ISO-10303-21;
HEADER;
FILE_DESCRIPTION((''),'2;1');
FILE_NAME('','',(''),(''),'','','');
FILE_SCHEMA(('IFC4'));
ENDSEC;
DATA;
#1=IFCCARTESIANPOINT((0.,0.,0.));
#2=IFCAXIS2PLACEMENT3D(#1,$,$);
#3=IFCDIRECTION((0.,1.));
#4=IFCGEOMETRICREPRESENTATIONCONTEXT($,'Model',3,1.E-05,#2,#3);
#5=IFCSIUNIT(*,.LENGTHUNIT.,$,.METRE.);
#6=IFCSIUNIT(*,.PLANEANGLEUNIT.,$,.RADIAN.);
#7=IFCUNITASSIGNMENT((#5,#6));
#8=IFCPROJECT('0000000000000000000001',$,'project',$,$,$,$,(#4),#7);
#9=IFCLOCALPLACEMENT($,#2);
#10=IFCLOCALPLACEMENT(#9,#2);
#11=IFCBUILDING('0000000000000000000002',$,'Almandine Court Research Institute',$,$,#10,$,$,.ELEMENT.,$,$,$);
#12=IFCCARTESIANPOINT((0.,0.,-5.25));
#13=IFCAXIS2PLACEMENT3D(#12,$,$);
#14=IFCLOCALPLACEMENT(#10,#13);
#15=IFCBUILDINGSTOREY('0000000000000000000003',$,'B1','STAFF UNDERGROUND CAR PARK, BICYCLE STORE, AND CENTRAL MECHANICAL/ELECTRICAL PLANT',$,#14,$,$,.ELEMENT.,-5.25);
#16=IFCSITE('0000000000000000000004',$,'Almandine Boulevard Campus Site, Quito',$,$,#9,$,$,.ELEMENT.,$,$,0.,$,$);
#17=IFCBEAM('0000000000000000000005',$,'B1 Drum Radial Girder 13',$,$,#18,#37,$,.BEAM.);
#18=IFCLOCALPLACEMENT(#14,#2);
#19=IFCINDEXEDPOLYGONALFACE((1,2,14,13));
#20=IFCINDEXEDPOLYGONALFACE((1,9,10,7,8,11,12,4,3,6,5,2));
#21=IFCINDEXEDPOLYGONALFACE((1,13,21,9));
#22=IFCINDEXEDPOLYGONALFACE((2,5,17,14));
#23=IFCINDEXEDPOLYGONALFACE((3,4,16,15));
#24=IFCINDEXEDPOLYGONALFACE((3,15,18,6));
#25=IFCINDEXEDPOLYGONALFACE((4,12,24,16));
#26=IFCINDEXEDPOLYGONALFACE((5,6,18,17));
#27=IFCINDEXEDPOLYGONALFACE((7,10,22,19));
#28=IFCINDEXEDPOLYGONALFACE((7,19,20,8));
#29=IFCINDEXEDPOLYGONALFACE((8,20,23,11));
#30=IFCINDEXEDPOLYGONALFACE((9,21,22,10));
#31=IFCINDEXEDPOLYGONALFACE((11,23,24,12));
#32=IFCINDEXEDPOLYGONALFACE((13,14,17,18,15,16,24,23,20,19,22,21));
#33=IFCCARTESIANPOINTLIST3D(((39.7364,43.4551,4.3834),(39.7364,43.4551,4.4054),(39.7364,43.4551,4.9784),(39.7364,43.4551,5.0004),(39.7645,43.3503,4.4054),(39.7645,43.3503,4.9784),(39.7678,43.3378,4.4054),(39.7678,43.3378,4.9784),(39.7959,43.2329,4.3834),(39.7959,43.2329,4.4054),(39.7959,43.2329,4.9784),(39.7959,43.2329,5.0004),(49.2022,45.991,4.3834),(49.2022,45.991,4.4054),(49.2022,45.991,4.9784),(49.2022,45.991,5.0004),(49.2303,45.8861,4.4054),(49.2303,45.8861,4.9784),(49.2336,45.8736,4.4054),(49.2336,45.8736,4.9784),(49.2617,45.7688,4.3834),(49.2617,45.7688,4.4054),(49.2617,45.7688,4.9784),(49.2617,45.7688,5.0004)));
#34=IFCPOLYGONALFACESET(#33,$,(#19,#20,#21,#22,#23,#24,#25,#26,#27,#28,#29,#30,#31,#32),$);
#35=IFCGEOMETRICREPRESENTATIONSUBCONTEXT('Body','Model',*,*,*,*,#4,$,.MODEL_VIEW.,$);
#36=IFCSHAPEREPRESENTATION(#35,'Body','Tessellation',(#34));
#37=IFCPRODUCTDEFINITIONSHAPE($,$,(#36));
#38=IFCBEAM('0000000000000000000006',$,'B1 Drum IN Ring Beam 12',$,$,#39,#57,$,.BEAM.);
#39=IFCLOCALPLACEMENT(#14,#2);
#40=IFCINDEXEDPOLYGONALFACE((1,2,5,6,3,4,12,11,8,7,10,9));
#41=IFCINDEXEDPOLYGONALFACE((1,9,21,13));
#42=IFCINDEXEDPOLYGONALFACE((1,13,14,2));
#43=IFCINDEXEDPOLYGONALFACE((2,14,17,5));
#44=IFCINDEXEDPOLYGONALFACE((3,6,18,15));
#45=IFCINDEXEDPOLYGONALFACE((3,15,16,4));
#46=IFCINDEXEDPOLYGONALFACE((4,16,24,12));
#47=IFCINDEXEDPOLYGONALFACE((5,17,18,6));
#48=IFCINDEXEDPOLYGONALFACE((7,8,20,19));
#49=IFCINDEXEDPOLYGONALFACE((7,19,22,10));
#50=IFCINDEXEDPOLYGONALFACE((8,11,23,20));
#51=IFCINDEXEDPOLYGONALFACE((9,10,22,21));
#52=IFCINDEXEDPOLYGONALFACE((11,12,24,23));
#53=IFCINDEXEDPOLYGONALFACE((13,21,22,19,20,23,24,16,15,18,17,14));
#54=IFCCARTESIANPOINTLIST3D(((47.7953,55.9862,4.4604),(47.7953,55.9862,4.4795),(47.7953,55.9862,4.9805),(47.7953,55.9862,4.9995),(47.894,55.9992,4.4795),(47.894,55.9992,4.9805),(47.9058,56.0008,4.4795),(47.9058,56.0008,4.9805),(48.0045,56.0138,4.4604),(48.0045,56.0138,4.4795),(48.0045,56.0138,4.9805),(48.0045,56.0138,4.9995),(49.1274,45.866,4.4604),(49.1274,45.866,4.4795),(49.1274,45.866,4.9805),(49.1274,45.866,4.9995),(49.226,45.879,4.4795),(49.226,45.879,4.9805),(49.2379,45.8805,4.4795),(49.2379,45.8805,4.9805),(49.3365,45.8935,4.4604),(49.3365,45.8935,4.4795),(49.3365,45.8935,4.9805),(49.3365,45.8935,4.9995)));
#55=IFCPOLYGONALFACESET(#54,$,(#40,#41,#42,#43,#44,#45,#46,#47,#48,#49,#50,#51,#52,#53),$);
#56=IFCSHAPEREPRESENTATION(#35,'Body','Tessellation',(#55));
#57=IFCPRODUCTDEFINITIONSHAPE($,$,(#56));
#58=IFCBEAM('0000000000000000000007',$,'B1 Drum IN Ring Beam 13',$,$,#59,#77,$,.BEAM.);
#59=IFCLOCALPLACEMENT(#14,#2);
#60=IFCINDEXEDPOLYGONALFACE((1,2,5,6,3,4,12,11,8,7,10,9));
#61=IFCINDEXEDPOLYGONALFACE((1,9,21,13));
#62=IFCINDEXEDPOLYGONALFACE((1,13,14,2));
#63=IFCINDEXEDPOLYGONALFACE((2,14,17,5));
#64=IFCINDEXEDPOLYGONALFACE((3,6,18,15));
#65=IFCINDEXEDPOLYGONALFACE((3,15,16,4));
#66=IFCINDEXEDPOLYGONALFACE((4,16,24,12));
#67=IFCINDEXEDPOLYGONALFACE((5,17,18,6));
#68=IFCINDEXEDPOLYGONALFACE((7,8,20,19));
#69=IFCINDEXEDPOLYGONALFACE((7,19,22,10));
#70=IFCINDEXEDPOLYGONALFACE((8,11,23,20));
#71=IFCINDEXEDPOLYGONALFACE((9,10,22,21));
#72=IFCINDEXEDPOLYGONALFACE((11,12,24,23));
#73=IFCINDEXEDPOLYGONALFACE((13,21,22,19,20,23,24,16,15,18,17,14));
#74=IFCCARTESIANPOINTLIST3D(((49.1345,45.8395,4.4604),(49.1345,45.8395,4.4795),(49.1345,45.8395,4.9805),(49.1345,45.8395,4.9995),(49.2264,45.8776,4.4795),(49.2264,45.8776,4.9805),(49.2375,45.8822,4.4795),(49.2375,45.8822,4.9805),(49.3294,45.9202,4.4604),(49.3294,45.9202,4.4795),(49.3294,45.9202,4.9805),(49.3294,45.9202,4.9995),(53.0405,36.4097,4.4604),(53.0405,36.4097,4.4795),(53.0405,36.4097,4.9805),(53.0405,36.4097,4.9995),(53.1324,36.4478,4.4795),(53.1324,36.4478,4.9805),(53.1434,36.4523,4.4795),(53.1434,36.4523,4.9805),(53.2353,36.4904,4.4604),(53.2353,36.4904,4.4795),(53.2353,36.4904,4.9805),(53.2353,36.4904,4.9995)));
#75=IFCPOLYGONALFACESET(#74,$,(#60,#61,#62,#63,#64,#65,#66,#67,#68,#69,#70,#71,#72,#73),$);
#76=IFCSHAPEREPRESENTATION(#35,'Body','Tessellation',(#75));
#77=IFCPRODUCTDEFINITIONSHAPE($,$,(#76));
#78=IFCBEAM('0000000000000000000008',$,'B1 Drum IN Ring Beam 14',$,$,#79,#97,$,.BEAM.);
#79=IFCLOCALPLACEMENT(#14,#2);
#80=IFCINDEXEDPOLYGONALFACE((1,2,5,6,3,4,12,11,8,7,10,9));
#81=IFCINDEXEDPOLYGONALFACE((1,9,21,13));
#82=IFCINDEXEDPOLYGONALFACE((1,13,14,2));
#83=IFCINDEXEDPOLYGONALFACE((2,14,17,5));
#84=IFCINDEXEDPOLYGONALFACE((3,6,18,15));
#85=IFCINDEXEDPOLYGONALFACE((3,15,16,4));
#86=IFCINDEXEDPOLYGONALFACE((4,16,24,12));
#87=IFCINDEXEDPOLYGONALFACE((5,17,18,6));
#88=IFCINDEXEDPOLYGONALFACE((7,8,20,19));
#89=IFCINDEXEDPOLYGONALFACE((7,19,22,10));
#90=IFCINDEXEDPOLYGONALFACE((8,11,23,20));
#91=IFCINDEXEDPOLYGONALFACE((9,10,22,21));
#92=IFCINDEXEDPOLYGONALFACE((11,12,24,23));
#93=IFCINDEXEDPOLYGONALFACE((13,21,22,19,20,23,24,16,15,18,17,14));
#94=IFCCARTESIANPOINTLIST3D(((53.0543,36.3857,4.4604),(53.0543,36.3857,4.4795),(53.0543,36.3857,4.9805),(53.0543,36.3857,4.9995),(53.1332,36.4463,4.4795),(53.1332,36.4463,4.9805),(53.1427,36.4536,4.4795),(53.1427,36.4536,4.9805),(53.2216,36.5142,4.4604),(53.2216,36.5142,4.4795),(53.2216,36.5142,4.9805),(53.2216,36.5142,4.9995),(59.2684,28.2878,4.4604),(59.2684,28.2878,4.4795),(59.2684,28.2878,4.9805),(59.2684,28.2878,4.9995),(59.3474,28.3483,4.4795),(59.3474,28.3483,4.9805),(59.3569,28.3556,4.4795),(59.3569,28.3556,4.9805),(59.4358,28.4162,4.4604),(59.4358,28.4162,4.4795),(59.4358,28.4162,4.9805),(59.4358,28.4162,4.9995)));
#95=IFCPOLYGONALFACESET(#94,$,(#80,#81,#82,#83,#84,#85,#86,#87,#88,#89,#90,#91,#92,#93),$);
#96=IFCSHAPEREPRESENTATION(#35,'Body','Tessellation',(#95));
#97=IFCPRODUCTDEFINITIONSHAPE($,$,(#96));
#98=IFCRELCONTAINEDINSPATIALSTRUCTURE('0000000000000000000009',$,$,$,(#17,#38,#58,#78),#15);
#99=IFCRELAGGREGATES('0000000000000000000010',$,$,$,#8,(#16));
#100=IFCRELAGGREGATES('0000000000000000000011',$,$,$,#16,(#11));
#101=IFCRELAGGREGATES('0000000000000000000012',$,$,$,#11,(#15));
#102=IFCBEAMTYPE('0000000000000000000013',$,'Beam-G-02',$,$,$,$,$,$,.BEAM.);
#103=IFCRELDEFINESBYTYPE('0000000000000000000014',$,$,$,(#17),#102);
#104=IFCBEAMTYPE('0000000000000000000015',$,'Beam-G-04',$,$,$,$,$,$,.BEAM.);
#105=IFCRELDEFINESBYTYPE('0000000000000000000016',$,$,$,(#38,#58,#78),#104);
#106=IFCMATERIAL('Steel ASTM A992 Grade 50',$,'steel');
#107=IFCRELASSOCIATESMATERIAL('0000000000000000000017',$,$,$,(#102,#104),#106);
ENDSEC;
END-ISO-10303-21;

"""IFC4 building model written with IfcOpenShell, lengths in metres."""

from ifc_helpers import new_model, si_unit, direction, frame, origin, origin_2d, place, context, subcontext, project, spatial, i_section, extrude, material, material_profile, profile_set, type_object, element, save


model = new_model("IFC4")

# Units and contexts
model_context = context("Model", 3, precision=1e-05, world=origin(), true_north=direction((0.0, 1.0)))
body_context = subcontext(model_context, "Body", "Model", "MODEL_VIEW")
ifc_project = project(units=[si_unit("LENGTHUNIT", "METRE"), si_unit("PLANEANGLEUNIT", "RADIAN")], contexts=[model_context])

# Site, building, storey
site_placement = place(None, origin())
site = spatial("IfcSite", under=ifc_project, at=site_placement, Name="Almandine Boulevard Campus Site, Quito", CompositionType="ELEMENT", RefElevation=0.0)
building_placement = place(site_placement, origin())
building = spatial("IfcBuilding", under=site, at=building_placement, Name="Almandine Court Research Institute", CompositionType="ELEMENT")
storey_placement = place(building_placement, frame((0.0, 0.0, -5.25)))
storey = spatial("IfcBuildingStorey", under=building, at=storey_placement, Name="B1", Description="STAFF UNDERGROUND CAR PARK, BICYCLE STORE, AND CENTRAL MECHANICAL/ELECTRICAL PLANT", CompositionType="ELEMENT", Elevation=-5.25)

# Beams
ifc_material_1 = material(Name="Steel ASTM A992 Grade 50", Category="steel")
ifc_material_profile_1 = material_profile(ifc_material_1, i_section(OverallWidth=0.23, OverallDepth=0.6169, WebThickness=0.0129, FlangeThickness=0.022, at=origin_2d()), Name="W610x140")
ifc_profile_set_1 = profile_set([ifc_material_profile_1], Name="Steel ASTM A992 Grade 50")
beam_type_1 = type_object("IfcBeamType", Name="Beam-G-02", PredefinedType="BEAM", material=ifc_profile_set_1)
beam_1_placement = place(storey_placement, frame((49.2319, 45.8799, 4.6919), z_axis=(-0.965938, -0.258774, 0.0), x_axis=(0.258774, -0.965938, 0.0)))
element("IfcBeam", 1, at=beam_1_placement, inside=storey, type_object=beam_type_1, Name="B1 Drum Radial Girder 13", PredefinedType="BEAM", context=body_context, shape_type="SweptSolid", body=[
    extrude(i_section(OverallWidth=0.23, OverallDepth=0.6169, WebThickness=0.0129, FlangeThickness=0.022, at=origin_2d()), origin(), (0.0, 0.0, 1.0), 9.7996),
])
ifc_material_profile_2 = material_profile(ifc_material_1, i_section(OverallWidth=0.2109, OverallDepth=0.5391, WebThickness=0.012, FlangeThickness=0.019, at=origin_2d()), Name="W530x109")
ifc_profile_set_2 = profile_set([ifc_material_profile_2], Name="Steel ASTM A992 Grade 50")
beam_type_2 = type_object("IfcBeamType", Name="Beam-G-04", PredefinedType="BEAM", material=ifc_profile_set_2)
beam_2_placement = place(storey_placement, frame((47.8999, 56.0, 4.73), z_axis=(0.130497, -0.991449, 0.0), x_axis=(0.991449, 0.130497, 0.0)))
element("IfcBeam", 2, at=beam_2_placement, inside=storey, type_object=beam_type_2, Name="B1 Drum IN Ring Beam 12", PredefinedType="BEAM", context=body_context, shape_type="SweptSolid", body=[
    extrude(i_section(OverallWidth=0.2109, OverallDepth=0.5391, WebThickness=0.012, FlangeThickness=0.019, at=origin_2d()), origin(), (0.0, 0.0, 1.0), 10.2075),
])
beam_3_placement = place(storey_placement, frame((49.2319, 45.8799, 4.73), z_axis=(0.382683, -0.92388, 0.0), x_axis=(0.92388, 0.382683, 0.0)))
element("IfcBeam", 3, at=beam_3_placement, inside=storey, type_object=beam_type_2, Name="B1 Drum IN Ring Beam 13", PredefinedType="BEAM", context=body_context, shape_type="SweptSolid", body=[
    extrude(i_section(OverallWidth=0.2109, OverallDepth=0.5391, WebThickness=0.012, FlangeThickness=0.019, at=origin_2d()), origin(), (0.0, 0.0, 1.0), 10.2068),
])
beam_4_placement = place(storey_placement, frame((53.1379, 36.45, 4.73), z_axis=(0.608784, -0.793336, 0.0), x_axis=(0.793336, 0.608784, 0.0)))
element("IfcBeam", 4, at=beam_4_placement, inside=storey, type_object=beam_type_2, Name="B1 Drum IN Ring Beam 14", PredefinedType="BEAM", context=body_context, shape_type="SweptSolid", body=[
    extrude(i_section(OverallWidth=0.2109, OverallDepth=0.5391, WebThickness=0.012, FlangeThickness=0.019, at=origin_2d()), origin(), (0.0, 0.0, 1.0), 10.2075),
])

save(model, "model.ifc")
